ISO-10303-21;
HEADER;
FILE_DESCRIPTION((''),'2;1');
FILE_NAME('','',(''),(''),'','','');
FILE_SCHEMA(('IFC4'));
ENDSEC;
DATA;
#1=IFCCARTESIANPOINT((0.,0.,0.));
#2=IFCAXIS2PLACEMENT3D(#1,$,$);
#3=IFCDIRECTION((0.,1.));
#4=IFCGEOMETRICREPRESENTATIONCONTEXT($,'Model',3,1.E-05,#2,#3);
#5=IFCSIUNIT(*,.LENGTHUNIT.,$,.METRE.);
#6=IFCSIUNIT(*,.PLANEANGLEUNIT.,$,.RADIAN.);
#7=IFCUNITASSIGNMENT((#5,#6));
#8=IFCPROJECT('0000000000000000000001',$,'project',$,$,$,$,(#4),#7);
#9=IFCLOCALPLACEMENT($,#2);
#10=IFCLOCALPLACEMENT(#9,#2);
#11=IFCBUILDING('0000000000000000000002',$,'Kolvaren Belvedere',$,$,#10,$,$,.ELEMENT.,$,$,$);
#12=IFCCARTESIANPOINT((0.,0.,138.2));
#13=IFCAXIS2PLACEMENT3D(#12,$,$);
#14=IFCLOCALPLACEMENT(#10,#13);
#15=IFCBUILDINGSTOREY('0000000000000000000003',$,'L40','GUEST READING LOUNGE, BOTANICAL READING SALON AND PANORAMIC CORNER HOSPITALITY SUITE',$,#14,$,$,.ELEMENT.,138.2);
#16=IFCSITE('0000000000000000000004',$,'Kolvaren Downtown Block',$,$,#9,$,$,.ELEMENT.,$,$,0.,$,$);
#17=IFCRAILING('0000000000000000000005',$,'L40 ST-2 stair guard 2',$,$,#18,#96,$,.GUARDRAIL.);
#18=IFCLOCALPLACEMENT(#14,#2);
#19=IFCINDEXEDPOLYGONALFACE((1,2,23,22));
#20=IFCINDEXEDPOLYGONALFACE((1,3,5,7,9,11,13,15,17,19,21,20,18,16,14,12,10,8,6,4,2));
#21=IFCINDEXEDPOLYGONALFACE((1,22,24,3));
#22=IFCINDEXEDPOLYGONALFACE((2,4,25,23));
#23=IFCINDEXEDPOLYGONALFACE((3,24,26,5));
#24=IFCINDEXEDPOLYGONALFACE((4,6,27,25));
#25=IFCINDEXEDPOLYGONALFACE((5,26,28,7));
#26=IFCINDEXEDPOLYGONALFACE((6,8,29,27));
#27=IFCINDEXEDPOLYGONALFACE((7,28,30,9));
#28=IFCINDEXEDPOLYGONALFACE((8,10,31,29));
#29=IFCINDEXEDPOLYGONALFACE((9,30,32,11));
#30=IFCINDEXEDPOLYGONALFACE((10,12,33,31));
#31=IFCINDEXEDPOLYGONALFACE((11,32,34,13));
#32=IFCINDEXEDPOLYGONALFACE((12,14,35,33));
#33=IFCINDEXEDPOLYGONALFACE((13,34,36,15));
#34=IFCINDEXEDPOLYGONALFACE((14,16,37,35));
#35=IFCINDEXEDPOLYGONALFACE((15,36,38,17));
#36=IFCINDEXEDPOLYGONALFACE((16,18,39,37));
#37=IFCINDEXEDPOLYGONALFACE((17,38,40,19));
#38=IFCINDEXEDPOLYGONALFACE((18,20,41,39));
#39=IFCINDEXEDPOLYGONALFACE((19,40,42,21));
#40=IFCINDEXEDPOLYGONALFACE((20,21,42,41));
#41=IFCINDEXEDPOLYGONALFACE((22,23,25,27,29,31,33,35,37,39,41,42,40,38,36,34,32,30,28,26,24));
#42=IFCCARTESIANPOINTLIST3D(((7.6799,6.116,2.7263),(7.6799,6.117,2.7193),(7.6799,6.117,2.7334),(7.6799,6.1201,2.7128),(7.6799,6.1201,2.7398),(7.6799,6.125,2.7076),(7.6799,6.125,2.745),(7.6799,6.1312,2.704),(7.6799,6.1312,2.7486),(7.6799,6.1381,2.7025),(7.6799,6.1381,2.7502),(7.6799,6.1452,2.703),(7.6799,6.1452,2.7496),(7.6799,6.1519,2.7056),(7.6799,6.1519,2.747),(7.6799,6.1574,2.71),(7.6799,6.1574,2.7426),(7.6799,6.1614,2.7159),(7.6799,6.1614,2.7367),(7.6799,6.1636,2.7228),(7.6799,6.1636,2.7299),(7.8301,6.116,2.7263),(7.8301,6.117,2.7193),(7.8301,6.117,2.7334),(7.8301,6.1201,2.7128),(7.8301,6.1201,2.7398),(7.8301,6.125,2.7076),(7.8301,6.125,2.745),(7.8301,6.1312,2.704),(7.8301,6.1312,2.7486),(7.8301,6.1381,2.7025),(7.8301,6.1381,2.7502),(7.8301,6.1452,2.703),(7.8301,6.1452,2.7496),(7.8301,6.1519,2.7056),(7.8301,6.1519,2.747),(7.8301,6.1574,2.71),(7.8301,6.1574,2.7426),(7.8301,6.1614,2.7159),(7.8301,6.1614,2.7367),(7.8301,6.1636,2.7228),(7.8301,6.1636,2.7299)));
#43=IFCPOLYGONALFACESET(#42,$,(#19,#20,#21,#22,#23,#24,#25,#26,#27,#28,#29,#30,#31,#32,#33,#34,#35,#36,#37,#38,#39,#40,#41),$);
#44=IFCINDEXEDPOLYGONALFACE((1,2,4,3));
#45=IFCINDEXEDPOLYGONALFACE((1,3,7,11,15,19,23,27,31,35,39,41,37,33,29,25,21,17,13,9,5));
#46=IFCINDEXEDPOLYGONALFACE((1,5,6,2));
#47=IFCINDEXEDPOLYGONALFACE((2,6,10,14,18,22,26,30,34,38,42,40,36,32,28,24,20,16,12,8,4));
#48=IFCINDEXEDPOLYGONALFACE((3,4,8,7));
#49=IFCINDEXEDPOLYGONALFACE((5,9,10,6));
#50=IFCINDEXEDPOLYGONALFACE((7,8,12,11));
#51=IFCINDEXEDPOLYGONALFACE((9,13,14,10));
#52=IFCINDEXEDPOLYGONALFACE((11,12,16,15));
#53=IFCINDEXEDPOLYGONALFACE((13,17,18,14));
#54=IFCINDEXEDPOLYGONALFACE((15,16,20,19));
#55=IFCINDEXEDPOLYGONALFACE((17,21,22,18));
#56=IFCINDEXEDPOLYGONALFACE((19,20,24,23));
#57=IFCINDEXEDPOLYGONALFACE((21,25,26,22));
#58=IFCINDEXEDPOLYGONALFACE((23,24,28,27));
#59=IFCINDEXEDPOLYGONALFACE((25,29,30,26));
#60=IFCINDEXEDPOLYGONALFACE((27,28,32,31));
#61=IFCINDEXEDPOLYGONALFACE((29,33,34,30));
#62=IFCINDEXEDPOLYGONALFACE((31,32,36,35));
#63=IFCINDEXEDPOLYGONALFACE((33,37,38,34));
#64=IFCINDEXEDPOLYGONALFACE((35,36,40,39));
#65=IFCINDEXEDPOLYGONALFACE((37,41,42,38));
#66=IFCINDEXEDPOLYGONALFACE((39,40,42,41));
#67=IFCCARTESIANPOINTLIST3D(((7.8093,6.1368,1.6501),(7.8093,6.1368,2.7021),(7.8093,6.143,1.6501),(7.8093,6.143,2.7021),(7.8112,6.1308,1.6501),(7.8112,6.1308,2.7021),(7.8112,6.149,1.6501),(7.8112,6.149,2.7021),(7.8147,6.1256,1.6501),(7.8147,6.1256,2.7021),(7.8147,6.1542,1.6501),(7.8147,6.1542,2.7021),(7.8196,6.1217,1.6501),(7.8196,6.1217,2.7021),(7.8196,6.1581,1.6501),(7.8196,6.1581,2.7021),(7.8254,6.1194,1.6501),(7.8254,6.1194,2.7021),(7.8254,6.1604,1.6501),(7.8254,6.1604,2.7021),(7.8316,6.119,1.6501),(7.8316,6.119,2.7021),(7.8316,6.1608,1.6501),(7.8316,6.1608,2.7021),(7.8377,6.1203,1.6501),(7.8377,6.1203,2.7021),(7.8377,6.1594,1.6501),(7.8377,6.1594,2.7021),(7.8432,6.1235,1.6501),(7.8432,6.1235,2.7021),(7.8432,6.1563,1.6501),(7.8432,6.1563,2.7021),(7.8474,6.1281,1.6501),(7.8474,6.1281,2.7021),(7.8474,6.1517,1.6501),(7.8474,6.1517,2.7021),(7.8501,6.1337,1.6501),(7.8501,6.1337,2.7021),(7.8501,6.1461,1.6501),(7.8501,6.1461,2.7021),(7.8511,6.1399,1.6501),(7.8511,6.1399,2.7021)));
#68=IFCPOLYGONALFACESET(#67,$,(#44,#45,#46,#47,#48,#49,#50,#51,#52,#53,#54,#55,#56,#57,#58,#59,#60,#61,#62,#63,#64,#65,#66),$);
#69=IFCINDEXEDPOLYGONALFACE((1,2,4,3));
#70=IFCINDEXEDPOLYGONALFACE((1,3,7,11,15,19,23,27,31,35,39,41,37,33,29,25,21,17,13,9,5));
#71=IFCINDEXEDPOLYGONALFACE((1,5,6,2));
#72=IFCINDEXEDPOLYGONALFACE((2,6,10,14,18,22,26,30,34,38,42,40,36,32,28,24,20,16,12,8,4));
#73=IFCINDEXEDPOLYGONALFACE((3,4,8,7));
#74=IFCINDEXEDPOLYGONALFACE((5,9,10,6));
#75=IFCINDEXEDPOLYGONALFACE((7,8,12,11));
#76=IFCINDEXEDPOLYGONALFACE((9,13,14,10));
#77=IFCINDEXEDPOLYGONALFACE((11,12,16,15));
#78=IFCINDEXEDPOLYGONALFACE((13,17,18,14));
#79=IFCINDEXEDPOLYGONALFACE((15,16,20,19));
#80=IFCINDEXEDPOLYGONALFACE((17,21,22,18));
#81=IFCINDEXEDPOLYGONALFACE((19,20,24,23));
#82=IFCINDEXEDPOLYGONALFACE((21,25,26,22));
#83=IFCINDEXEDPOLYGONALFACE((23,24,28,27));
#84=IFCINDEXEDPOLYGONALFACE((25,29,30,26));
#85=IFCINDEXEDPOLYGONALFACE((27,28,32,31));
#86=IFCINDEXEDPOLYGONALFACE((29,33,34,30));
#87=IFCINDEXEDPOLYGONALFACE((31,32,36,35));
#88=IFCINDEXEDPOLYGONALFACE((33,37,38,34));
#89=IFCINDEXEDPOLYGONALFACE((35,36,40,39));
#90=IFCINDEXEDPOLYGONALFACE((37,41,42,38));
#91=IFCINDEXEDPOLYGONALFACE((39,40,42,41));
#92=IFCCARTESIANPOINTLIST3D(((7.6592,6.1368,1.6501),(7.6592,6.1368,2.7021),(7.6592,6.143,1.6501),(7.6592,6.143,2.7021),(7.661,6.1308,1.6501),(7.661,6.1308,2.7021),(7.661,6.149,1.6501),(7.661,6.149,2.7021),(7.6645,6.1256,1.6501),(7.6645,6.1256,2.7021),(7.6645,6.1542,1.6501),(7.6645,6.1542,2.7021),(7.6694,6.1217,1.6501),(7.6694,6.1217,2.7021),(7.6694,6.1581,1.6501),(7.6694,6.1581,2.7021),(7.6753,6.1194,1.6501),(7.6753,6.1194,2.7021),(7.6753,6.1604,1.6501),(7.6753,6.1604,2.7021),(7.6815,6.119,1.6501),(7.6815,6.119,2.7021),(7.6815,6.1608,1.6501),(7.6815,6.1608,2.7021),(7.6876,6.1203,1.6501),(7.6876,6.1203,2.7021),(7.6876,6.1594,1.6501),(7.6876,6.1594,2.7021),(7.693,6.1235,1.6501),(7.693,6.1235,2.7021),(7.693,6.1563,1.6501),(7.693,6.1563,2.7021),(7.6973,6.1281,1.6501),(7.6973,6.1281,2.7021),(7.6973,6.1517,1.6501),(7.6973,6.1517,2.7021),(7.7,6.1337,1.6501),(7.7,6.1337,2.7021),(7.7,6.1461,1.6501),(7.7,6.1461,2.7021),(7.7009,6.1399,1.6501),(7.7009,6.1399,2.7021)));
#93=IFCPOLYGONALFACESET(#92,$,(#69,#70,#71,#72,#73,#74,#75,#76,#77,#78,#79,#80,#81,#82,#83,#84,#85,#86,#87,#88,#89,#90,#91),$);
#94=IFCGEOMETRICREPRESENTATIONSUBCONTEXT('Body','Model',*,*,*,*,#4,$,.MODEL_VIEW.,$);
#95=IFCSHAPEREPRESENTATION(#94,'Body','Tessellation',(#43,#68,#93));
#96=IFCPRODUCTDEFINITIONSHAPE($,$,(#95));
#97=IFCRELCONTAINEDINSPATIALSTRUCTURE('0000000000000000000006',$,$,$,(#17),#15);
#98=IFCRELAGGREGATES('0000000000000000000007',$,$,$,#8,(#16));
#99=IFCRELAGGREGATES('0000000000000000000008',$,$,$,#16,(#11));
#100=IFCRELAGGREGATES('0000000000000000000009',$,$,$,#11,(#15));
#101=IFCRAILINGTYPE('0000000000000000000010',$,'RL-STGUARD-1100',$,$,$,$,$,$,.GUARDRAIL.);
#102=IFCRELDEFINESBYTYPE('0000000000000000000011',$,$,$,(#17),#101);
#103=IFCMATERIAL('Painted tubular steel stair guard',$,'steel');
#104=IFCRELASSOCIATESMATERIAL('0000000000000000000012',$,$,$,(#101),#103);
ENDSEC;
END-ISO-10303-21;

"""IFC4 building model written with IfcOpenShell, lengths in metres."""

from ifc_helpers import new_model, si_unit, direction, frame, origin, origin_2d, place, context, subcontext, project, spatial, circle, extrude, material, type_object, element, save


model = new_model("IFC4")

# Units and contexts
model_context = context("Model", 3, precision=1e-05, world=origin(), true_north=direction((0.0, 1.0)))
body_context = subcontext(model_context, "Body", "Model", "MODEL_VIEW")
ifc_project = project(units=[si_unit("LENGTHUNIT", "METRE"), si_unit("PLANEANGLEUNIT", "RADIAN")], contexts=[model_context])

# Site, building, storey
site_placement = place(None, origin())
site = spatial("IfcSite", under=ifc_project, at=site_placement, Name="Kolvaren Downtown Block", CompositionType="ELEMENT", RefElevation=0.0)
building_placement = place(site_placement, origin())
building = spatial("IfcBuilding", under=site, at=building_placement, Name="Kolvaren Belvedere", CompositionType="ELEMENT")
storey_placement = place(building_placement, frame((0.0, 0.0, 138.2)))
storey = spatial("IfcBuildingStorey", under=building, at=storey_placement, Name="L40", Description="GUEST READING LOUNGE, BOTANICAL READING SALON AND PANORAMIC CORNER HOSPITALITY SUITE", CompositionType="ELEMENT", Elevation=138.2)

# Railing
ifc_material_1 = material(Name="Painted tubular steel stair guard", Category="steel")
railing_type_1 = type_object("IfcRailingType", Name="RL-STGUARD-1100", PredefinedType="GUARDRAIL", material=ifc_material_1)
railing_1_placement = place(storey_placement, frame((7.8301, 6.1399, 1.6501)))
element("IfcRailing", 1, at=railing_1_placement, inside=storey, type_object=railing_type_1, Name="L40 ST-2 stair guard 2", PredefinedType="GUARDRAIL", context=body_context, shape_type="SweptSolid", body=[
    extrude(circle(Radius=0.0239, at=origin_2d()), frame((0.0, 0.0, 1.0762), z_axis=(-1.0, 0.0, 0.0), x_axis=(0.0, -1.0, 0.0)), (0.0, 0.0, 1.0), 0.1501),
    extrude(circle(Radius=0.021, at=origin_2d()), origin(), (0.0, 0.0, 1.0), 1.052),
    extrude(circle(Radius=0.021, at=origin_2d()), frame((-0.1501, 0.0, 0.0)), (0.0, 0.0, 1.0), 1.052),
])

save(model, "model.ifc")
